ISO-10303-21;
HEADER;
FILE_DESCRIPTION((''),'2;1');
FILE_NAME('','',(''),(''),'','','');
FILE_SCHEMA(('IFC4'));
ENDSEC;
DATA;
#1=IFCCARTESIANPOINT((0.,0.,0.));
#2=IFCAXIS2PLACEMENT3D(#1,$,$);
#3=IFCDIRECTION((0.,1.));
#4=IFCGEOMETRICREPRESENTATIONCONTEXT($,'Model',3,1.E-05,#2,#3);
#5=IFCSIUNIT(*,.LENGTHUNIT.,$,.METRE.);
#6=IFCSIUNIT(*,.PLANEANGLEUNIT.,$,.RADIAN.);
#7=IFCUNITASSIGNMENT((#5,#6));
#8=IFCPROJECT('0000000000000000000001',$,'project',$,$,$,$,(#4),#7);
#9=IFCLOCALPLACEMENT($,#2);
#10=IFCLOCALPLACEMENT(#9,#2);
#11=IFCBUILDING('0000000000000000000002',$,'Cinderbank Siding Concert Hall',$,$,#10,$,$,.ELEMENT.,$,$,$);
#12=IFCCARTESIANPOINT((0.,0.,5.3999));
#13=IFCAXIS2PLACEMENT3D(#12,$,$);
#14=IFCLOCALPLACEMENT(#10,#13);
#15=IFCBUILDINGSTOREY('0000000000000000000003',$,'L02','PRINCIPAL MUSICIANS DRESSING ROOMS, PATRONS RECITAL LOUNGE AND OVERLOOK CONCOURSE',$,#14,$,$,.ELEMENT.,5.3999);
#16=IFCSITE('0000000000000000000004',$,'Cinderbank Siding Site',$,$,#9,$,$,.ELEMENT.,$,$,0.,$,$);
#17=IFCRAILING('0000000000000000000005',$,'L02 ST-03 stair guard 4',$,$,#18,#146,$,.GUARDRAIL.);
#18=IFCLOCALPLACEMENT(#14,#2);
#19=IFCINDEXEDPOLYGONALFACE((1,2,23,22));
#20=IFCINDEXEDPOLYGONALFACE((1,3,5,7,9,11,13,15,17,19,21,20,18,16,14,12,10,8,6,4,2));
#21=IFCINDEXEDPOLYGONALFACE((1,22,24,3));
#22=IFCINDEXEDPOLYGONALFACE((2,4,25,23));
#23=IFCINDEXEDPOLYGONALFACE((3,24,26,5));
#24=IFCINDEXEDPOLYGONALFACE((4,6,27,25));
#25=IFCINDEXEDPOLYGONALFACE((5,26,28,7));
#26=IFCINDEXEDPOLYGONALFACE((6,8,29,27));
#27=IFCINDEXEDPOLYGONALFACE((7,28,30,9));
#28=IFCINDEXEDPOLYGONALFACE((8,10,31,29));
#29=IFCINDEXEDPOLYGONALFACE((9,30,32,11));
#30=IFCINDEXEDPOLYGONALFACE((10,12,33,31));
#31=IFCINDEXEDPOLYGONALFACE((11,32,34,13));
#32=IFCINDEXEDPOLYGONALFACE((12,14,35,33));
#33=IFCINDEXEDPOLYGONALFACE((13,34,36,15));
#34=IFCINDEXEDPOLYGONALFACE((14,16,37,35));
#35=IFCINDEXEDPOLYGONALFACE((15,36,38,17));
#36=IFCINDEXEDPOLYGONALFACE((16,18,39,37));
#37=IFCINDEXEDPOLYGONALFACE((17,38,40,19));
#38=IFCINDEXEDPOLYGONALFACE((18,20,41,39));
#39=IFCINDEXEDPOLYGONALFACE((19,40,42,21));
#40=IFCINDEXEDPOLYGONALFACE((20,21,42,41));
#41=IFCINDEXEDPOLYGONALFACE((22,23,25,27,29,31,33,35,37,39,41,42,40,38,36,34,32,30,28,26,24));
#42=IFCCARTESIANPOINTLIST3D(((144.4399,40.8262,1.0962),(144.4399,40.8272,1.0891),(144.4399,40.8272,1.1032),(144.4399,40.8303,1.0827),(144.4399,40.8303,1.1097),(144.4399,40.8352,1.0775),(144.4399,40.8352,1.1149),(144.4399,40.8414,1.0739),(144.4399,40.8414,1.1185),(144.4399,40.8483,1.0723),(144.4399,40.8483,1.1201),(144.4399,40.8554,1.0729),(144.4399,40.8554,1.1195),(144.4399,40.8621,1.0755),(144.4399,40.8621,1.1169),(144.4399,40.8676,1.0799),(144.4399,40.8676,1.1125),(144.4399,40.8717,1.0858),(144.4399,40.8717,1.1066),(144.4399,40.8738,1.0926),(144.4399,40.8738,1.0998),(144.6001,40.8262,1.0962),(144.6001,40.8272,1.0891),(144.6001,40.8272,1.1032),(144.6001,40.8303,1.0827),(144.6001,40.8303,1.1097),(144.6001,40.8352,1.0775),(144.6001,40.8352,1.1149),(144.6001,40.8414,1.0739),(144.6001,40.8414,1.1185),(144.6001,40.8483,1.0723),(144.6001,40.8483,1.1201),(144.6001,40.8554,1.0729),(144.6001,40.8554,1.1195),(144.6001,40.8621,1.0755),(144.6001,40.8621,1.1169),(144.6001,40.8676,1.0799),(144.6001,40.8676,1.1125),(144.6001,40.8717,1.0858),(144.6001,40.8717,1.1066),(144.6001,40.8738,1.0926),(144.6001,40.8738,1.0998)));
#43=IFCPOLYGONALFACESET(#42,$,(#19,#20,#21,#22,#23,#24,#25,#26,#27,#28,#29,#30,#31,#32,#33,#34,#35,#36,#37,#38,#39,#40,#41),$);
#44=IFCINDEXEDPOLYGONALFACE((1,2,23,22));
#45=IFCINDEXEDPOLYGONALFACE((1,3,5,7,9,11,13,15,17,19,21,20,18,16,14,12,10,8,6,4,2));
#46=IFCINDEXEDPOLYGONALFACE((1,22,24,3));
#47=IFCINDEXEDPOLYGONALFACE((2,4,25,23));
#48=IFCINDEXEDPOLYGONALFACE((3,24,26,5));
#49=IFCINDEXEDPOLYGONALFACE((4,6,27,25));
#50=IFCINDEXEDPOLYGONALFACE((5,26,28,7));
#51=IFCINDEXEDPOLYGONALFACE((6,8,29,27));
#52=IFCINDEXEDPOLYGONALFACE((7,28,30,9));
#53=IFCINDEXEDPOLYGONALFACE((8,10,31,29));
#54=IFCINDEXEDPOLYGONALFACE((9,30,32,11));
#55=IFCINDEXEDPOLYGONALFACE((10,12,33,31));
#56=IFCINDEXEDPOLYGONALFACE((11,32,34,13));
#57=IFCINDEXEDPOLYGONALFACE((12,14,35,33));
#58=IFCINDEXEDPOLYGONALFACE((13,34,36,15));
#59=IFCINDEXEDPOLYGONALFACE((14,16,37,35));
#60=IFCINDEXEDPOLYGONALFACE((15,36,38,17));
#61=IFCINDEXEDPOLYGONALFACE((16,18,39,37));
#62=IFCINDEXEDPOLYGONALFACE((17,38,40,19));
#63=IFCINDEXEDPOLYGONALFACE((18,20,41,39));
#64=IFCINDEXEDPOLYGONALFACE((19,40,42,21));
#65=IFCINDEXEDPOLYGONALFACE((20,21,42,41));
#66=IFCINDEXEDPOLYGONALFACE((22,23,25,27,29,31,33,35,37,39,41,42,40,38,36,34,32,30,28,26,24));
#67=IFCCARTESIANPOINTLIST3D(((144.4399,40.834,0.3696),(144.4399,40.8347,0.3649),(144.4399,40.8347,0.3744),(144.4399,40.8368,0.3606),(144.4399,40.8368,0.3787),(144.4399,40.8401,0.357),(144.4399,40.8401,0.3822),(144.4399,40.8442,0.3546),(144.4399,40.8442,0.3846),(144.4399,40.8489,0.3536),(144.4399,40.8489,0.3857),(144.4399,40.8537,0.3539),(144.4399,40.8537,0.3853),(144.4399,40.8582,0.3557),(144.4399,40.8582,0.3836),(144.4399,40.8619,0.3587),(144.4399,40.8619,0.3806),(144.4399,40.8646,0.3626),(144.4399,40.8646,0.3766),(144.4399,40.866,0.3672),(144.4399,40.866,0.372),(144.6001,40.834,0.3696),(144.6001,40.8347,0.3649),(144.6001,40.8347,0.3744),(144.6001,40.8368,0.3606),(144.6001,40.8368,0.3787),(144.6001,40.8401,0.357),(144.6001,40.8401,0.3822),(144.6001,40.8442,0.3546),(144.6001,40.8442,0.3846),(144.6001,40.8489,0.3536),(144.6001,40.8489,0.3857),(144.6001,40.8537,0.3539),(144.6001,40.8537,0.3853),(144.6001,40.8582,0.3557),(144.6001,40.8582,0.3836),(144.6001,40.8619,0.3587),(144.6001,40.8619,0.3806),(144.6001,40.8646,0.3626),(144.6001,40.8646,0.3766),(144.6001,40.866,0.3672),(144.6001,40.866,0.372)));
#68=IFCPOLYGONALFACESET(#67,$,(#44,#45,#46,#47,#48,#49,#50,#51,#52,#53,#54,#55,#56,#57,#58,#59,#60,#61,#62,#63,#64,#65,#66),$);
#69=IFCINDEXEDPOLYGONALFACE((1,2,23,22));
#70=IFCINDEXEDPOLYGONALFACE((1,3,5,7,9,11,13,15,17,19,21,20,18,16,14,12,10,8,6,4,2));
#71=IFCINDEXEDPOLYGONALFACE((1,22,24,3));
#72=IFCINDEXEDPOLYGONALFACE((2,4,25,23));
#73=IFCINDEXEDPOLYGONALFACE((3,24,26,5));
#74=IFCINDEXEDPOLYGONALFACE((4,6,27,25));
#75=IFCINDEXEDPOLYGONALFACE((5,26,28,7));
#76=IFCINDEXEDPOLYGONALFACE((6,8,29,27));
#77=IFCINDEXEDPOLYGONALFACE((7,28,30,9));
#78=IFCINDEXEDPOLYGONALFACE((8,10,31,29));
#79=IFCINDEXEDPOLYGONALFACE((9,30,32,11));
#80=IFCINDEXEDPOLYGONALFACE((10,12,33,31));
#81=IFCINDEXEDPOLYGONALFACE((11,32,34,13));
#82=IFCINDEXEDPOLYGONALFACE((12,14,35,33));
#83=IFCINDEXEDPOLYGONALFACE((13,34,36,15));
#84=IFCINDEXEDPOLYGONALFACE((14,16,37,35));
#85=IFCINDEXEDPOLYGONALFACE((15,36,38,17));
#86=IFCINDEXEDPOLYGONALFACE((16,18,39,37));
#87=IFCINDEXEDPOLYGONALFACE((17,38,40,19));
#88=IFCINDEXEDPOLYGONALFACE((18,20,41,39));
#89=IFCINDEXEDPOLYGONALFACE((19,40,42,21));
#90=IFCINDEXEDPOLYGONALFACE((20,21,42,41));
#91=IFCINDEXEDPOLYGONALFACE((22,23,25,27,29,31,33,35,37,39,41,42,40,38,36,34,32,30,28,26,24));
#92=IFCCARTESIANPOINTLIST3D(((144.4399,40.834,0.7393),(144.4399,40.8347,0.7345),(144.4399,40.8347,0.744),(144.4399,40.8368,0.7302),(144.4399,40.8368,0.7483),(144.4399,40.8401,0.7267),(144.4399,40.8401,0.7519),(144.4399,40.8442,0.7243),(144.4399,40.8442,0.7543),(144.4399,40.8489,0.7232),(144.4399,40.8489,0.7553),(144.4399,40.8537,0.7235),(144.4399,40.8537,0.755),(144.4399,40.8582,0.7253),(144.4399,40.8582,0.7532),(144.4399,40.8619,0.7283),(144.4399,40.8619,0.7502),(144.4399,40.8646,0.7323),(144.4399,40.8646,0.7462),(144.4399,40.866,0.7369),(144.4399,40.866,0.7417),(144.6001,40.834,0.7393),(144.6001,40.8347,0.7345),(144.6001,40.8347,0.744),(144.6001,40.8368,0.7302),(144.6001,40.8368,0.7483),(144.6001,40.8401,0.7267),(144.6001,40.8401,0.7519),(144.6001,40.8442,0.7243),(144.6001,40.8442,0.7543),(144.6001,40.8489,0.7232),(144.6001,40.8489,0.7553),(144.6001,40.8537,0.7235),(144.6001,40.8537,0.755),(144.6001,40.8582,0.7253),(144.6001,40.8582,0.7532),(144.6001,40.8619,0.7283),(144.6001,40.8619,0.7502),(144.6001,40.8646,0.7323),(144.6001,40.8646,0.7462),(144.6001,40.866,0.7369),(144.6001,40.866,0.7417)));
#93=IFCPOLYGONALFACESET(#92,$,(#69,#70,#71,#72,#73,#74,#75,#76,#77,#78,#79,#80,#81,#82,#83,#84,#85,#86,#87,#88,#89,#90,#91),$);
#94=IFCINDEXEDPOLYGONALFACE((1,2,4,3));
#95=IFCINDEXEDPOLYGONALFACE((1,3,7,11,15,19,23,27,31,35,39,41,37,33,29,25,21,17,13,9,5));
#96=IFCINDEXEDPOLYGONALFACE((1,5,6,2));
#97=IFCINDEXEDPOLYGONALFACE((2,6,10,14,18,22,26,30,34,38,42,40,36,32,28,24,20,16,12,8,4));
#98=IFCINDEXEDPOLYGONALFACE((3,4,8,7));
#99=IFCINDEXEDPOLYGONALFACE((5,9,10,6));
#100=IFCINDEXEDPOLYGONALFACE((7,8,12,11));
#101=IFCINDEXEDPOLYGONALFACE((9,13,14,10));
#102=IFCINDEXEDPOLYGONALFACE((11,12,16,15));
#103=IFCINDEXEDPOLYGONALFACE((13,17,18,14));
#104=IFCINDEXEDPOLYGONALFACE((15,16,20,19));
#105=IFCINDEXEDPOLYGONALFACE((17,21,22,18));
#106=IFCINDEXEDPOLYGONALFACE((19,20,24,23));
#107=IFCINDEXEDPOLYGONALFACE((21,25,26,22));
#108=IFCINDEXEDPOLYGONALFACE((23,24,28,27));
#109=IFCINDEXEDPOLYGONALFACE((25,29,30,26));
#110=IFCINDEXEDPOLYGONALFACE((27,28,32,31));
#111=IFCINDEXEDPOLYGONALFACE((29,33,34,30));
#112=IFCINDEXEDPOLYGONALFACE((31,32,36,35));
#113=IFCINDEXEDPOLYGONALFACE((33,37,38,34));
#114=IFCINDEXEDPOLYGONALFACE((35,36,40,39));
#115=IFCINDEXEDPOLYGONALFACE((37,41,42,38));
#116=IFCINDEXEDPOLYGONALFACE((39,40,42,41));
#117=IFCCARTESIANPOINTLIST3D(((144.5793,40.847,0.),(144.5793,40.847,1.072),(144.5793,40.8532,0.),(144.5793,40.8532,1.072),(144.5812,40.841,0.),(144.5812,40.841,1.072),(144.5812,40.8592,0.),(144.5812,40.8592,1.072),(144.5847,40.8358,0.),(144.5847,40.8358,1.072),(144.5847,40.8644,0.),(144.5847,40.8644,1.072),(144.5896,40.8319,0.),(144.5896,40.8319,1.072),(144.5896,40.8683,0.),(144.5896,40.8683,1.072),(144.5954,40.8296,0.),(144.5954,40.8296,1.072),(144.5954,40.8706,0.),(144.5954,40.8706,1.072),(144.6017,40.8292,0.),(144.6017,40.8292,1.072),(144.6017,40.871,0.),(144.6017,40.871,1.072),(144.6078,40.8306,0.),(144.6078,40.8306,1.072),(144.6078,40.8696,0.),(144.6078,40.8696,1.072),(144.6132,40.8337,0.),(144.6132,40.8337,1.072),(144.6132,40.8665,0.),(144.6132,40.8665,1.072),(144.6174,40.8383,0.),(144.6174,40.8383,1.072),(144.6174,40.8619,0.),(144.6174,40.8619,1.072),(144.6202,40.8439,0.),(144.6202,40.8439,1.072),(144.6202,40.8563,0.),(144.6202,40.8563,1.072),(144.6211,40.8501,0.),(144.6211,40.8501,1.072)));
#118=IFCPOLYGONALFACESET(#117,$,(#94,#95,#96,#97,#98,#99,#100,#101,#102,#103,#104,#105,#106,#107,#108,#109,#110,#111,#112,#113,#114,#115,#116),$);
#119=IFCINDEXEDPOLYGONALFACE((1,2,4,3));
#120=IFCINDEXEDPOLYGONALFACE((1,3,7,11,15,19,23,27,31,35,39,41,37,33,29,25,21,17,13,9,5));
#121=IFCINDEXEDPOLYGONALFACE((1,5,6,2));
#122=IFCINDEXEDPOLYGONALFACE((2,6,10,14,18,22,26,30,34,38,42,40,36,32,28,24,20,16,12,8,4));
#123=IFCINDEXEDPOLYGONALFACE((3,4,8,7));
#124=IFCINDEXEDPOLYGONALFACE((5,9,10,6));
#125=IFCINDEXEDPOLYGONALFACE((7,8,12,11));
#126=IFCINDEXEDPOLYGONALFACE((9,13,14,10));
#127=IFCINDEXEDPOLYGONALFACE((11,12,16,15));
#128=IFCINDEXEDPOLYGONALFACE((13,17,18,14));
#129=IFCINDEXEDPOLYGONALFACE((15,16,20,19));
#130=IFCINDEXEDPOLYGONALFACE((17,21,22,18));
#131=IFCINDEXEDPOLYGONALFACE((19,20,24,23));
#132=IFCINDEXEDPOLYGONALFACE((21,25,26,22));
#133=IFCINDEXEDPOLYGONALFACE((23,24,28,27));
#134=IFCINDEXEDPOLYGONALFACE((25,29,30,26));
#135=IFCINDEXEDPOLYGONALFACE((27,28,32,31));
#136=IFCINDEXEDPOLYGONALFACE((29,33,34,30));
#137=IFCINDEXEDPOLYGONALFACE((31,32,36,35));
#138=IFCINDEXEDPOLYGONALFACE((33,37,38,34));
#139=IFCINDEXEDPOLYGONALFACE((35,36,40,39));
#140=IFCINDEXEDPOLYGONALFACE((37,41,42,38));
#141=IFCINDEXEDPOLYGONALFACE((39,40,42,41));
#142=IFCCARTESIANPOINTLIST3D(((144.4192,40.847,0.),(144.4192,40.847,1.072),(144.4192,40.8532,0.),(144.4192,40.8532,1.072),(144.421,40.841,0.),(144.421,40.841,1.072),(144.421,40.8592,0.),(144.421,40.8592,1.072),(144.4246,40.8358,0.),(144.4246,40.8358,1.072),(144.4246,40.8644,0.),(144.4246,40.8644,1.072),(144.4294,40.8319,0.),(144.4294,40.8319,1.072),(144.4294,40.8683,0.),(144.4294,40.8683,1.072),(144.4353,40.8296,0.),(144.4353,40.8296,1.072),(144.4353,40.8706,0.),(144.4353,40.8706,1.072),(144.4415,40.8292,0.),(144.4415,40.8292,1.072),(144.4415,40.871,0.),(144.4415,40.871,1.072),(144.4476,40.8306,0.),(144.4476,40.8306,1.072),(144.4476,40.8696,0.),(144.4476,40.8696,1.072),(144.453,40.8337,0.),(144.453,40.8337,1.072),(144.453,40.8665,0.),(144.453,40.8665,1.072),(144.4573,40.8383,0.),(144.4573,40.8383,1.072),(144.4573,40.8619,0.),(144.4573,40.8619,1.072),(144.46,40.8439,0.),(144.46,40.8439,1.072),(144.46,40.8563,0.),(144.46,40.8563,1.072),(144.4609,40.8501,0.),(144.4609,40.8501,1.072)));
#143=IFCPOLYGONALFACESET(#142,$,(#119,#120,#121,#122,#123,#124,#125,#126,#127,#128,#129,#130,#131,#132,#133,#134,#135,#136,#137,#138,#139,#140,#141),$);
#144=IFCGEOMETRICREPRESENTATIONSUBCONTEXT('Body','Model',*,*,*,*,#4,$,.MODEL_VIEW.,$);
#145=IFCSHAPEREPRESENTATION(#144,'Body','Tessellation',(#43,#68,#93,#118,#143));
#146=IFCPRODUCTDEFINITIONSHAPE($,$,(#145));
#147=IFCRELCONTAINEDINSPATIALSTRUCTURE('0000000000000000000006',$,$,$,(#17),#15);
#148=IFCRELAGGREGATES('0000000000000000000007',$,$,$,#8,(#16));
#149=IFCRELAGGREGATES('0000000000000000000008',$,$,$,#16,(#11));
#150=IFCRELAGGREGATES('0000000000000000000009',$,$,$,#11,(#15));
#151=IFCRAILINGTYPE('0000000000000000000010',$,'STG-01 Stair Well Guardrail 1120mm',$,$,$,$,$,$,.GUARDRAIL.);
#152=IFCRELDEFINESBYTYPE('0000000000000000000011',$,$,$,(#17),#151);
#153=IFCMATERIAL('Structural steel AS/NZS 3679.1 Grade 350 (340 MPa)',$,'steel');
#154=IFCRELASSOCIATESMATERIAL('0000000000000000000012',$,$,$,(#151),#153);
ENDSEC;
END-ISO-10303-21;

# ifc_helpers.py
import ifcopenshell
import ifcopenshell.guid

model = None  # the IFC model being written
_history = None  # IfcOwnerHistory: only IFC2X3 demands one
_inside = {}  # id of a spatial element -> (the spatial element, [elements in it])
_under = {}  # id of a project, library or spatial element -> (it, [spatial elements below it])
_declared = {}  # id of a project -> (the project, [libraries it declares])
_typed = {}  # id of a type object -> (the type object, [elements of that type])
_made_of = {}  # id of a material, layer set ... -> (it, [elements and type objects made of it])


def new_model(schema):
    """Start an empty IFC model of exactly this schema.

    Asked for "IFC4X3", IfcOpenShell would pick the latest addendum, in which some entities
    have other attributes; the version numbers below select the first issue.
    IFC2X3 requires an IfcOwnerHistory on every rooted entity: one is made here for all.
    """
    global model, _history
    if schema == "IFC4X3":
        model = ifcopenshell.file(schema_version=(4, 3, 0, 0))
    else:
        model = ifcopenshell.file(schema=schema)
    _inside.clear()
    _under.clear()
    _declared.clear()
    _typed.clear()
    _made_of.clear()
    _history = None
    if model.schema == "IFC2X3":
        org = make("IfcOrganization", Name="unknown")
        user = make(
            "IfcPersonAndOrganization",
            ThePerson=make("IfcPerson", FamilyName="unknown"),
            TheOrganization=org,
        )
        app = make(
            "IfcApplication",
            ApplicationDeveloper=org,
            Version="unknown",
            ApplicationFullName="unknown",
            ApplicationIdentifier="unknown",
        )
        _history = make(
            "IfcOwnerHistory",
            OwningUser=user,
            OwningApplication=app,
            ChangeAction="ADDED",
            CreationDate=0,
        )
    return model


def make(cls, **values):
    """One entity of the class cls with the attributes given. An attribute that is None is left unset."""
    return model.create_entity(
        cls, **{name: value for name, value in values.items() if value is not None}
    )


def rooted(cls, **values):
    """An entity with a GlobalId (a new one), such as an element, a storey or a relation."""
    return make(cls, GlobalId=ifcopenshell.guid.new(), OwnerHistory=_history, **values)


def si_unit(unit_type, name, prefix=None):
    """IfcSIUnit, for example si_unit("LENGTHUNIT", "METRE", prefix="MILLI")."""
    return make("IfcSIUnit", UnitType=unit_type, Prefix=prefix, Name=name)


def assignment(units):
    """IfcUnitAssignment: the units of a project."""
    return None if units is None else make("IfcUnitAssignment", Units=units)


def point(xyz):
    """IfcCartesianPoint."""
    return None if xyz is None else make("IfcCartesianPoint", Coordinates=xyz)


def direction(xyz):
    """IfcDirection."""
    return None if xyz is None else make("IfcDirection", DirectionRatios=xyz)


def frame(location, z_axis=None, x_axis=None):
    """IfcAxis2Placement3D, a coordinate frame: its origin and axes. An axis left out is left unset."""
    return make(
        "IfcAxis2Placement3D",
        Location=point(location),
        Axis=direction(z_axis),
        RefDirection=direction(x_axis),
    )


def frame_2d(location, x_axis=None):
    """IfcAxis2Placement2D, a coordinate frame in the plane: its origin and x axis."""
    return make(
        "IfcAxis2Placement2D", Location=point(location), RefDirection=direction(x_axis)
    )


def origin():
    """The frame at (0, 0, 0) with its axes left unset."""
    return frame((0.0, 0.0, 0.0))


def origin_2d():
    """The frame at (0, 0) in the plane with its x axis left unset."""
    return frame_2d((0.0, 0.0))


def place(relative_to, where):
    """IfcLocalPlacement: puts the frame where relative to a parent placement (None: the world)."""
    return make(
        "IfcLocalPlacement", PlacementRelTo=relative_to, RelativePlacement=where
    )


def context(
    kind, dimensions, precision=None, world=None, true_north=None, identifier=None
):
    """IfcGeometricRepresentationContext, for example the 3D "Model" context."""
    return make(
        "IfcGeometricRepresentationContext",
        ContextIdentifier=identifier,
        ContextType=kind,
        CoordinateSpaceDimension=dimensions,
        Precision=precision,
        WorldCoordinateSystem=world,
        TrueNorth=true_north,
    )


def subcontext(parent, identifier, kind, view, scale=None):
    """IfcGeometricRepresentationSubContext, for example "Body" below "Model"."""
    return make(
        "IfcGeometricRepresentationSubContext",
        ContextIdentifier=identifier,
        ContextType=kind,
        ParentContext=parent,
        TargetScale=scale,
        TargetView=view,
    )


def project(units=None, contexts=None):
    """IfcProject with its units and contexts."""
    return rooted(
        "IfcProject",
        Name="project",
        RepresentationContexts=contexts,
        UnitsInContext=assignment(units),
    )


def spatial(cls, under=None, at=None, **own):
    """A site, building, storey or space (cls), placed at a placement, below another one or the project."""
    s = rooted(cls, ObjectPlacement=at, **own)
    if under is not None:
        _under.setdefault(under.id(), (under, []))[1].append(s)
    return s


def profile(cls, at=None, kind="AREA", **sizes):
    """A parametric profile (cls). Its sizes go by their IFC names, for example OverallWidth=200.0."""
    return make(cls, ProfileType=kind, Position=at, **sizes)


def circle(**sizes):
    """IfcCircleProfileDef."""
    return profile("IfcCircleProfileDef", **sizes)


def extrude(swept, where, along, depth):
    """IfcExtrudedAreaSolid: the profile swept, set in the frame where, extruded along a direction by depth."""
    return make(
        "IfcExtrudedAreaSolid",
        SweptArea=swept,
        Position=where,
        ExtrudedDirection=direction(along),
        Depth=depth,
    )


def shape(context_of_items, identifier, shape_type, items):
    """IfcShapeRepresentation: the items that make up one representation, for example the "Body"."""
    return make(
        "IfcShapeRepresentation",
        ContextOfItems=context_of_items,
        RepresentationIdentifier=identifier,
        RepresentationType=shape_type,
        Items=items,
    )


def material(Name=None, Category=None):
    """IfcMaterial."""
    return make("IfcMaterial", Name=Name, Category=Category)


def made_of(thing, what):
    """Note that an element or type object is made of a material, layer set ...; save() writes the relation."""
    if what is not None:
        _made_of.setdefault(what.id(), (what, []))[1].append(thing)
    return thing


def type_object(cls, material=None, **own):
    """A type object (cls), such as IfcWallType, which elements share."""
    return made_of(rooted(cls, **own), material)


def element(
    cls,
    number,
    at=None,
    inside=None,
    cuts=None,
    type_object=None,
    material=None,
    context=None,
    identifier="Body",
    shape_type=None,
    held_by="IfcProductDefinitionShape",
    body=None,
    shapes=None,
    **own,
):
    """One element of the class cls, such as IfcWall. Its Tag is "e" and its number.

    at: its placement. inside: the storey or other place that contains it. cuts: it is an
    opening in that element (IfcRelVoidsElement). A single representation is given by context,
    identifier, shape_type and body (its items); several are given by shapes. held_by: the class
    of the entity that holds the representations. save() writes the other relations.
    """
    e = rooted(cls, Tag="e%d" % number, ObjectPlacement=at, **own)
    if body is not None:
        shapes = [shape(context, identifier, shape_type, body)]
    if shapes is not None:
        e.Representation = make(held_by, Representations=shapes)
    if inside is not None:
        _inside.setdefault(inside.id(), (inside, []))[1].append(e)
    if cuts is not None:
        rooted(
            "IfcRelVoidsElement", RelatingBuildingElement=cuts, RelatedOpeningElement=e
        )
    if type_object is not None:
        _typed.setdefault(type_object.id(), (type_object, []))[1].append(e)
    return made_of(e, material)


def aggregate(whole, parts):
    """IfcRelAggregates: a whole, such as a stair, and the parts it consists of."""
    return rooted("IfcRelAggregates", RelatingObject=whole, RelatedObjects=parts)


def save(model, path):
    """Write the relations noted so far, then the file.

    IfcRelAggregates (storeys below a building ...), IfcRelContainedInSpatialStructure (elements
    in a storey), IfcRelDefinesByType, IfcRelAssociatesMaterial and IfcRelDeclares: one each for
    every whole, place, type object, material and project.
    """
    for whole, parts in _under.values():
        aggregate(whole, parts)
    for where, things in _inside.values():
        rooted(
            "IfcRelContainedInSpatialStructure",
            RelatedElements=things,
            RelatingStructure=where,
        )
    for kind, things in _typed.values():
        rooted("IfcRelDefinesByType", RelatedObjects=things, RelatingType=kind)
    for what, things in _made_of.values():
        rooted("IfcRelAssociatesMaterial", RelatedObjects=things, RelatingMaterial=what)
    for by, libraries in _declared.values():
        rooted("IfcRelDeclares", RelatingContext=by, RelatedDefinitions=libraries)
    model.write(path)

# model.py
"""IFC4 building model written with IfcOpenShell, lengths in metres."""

from ifc_helpers import new_model, si_unit, direction, frame, origin, origin_2d, place, context, subcontext, project, spatial, circle, extrude, material, type_object, element, save


model = new_model("IFC4")

# Units and contexts
model_context = context("Model", 3, precision=1e-05, world=origin(), true_north=direction((0.0, 1.0)))
body_context = subcontext(model_context, "Body", "Model", "MODEL_VIEW")
ifc_project = project(units=[si_unit("LENGTHUNIT", "METRE"), si_unit("PLANEANGLEUNIT", "RADIAN")], contexts=[model_context])

# Site, building, storey
site_placement = place(None, origin())
site = spatial("IfcSite", under=ifc_project, at=site_placement, Name="Cinderbank Siding Site", CompositionType="ELEMENT", RefElevation=0.0)
building_placement = place(site_placement, origin())
building = spatial("IfcBuilding", under=site, at=building_placement, Name="Cinderbank Siding Concert Hall", CompositionType="ELEMENT")
storey_placement = place(building_placement, frame((0.0, 0.0, 5.3999)))
storey = spatial("IfcBuildingStorey", under=building, at=storey_placement, Name="L02", Description="PRINCIPAL MUSICIANS DRESSING ROOMS, PATRONS RECITAL LOUNGE AND OVERLOOK CONCOURSE", CompositionType="ELEMENT", Elevation=5.3999)

# Shared definitions
ifc_material_1 = material(Name="Structural steel AS/NZS 3679.1 Grade 350 (340 MPa)", Category="steel")

# Railing
railing_type_1 = type_object("IfcRailingType", Name="STG-01 Stair Well Guardrail 1120mm", PredefinedType="GUARDRAIL", material=ifc_material_1)
railing_1_placement = place(storey_placement, frame((144.6001, 40.8501, 0.0)))
element("IfcRailing", 1, at=railing_1_placement, inside=storey, type_object=railing_type_1, Name="L02 ST-03 stair guard 4", PredefinedType="GUARDRAIL", context=body_context, shape_type="SweptSolid", body=[
    extrude(circle(Radius=0.0239, at=origin_2d()), frame((0.0, 0.0, 1.0962), z_axis=(-1.0, 0.0, 0.0), x_axis=(0.0, -1.0, 0.0)), (0.0, 0.0, 1.0), 0.1602),
    extrude(circle(Radius=0.0161, at=origin_2d()), frame((0.0, 0.0, 0.3696), z_axis=(-1.0, 0.0, 0.0), x_axis=(0.0, -1.0, 0.0)), (0.0, 0.0, 1.0), 0.1602),
    extrude(circle(Radius=0.0161, at=origin_2d()), frame((0.0, 0.0, 0.7393), z_axis=(-1.0, 0.0, 0.0), x_axis=(0.0, -1.0, 0.0)), (0.0, 0.0, 1.0), 0.1602),
    extrude(circle(Radius=0.021, at=origin_2d()), origin(), (0.0, 0.0, 1.0), 1.072),
    extrude(circle(Radius=0.021, at=origin_2d()), frame((-0.1602, 0.0, 0.0)), (0.0, 0.0, 1.0), 1.072),
])

save(model, "model.ifc")
